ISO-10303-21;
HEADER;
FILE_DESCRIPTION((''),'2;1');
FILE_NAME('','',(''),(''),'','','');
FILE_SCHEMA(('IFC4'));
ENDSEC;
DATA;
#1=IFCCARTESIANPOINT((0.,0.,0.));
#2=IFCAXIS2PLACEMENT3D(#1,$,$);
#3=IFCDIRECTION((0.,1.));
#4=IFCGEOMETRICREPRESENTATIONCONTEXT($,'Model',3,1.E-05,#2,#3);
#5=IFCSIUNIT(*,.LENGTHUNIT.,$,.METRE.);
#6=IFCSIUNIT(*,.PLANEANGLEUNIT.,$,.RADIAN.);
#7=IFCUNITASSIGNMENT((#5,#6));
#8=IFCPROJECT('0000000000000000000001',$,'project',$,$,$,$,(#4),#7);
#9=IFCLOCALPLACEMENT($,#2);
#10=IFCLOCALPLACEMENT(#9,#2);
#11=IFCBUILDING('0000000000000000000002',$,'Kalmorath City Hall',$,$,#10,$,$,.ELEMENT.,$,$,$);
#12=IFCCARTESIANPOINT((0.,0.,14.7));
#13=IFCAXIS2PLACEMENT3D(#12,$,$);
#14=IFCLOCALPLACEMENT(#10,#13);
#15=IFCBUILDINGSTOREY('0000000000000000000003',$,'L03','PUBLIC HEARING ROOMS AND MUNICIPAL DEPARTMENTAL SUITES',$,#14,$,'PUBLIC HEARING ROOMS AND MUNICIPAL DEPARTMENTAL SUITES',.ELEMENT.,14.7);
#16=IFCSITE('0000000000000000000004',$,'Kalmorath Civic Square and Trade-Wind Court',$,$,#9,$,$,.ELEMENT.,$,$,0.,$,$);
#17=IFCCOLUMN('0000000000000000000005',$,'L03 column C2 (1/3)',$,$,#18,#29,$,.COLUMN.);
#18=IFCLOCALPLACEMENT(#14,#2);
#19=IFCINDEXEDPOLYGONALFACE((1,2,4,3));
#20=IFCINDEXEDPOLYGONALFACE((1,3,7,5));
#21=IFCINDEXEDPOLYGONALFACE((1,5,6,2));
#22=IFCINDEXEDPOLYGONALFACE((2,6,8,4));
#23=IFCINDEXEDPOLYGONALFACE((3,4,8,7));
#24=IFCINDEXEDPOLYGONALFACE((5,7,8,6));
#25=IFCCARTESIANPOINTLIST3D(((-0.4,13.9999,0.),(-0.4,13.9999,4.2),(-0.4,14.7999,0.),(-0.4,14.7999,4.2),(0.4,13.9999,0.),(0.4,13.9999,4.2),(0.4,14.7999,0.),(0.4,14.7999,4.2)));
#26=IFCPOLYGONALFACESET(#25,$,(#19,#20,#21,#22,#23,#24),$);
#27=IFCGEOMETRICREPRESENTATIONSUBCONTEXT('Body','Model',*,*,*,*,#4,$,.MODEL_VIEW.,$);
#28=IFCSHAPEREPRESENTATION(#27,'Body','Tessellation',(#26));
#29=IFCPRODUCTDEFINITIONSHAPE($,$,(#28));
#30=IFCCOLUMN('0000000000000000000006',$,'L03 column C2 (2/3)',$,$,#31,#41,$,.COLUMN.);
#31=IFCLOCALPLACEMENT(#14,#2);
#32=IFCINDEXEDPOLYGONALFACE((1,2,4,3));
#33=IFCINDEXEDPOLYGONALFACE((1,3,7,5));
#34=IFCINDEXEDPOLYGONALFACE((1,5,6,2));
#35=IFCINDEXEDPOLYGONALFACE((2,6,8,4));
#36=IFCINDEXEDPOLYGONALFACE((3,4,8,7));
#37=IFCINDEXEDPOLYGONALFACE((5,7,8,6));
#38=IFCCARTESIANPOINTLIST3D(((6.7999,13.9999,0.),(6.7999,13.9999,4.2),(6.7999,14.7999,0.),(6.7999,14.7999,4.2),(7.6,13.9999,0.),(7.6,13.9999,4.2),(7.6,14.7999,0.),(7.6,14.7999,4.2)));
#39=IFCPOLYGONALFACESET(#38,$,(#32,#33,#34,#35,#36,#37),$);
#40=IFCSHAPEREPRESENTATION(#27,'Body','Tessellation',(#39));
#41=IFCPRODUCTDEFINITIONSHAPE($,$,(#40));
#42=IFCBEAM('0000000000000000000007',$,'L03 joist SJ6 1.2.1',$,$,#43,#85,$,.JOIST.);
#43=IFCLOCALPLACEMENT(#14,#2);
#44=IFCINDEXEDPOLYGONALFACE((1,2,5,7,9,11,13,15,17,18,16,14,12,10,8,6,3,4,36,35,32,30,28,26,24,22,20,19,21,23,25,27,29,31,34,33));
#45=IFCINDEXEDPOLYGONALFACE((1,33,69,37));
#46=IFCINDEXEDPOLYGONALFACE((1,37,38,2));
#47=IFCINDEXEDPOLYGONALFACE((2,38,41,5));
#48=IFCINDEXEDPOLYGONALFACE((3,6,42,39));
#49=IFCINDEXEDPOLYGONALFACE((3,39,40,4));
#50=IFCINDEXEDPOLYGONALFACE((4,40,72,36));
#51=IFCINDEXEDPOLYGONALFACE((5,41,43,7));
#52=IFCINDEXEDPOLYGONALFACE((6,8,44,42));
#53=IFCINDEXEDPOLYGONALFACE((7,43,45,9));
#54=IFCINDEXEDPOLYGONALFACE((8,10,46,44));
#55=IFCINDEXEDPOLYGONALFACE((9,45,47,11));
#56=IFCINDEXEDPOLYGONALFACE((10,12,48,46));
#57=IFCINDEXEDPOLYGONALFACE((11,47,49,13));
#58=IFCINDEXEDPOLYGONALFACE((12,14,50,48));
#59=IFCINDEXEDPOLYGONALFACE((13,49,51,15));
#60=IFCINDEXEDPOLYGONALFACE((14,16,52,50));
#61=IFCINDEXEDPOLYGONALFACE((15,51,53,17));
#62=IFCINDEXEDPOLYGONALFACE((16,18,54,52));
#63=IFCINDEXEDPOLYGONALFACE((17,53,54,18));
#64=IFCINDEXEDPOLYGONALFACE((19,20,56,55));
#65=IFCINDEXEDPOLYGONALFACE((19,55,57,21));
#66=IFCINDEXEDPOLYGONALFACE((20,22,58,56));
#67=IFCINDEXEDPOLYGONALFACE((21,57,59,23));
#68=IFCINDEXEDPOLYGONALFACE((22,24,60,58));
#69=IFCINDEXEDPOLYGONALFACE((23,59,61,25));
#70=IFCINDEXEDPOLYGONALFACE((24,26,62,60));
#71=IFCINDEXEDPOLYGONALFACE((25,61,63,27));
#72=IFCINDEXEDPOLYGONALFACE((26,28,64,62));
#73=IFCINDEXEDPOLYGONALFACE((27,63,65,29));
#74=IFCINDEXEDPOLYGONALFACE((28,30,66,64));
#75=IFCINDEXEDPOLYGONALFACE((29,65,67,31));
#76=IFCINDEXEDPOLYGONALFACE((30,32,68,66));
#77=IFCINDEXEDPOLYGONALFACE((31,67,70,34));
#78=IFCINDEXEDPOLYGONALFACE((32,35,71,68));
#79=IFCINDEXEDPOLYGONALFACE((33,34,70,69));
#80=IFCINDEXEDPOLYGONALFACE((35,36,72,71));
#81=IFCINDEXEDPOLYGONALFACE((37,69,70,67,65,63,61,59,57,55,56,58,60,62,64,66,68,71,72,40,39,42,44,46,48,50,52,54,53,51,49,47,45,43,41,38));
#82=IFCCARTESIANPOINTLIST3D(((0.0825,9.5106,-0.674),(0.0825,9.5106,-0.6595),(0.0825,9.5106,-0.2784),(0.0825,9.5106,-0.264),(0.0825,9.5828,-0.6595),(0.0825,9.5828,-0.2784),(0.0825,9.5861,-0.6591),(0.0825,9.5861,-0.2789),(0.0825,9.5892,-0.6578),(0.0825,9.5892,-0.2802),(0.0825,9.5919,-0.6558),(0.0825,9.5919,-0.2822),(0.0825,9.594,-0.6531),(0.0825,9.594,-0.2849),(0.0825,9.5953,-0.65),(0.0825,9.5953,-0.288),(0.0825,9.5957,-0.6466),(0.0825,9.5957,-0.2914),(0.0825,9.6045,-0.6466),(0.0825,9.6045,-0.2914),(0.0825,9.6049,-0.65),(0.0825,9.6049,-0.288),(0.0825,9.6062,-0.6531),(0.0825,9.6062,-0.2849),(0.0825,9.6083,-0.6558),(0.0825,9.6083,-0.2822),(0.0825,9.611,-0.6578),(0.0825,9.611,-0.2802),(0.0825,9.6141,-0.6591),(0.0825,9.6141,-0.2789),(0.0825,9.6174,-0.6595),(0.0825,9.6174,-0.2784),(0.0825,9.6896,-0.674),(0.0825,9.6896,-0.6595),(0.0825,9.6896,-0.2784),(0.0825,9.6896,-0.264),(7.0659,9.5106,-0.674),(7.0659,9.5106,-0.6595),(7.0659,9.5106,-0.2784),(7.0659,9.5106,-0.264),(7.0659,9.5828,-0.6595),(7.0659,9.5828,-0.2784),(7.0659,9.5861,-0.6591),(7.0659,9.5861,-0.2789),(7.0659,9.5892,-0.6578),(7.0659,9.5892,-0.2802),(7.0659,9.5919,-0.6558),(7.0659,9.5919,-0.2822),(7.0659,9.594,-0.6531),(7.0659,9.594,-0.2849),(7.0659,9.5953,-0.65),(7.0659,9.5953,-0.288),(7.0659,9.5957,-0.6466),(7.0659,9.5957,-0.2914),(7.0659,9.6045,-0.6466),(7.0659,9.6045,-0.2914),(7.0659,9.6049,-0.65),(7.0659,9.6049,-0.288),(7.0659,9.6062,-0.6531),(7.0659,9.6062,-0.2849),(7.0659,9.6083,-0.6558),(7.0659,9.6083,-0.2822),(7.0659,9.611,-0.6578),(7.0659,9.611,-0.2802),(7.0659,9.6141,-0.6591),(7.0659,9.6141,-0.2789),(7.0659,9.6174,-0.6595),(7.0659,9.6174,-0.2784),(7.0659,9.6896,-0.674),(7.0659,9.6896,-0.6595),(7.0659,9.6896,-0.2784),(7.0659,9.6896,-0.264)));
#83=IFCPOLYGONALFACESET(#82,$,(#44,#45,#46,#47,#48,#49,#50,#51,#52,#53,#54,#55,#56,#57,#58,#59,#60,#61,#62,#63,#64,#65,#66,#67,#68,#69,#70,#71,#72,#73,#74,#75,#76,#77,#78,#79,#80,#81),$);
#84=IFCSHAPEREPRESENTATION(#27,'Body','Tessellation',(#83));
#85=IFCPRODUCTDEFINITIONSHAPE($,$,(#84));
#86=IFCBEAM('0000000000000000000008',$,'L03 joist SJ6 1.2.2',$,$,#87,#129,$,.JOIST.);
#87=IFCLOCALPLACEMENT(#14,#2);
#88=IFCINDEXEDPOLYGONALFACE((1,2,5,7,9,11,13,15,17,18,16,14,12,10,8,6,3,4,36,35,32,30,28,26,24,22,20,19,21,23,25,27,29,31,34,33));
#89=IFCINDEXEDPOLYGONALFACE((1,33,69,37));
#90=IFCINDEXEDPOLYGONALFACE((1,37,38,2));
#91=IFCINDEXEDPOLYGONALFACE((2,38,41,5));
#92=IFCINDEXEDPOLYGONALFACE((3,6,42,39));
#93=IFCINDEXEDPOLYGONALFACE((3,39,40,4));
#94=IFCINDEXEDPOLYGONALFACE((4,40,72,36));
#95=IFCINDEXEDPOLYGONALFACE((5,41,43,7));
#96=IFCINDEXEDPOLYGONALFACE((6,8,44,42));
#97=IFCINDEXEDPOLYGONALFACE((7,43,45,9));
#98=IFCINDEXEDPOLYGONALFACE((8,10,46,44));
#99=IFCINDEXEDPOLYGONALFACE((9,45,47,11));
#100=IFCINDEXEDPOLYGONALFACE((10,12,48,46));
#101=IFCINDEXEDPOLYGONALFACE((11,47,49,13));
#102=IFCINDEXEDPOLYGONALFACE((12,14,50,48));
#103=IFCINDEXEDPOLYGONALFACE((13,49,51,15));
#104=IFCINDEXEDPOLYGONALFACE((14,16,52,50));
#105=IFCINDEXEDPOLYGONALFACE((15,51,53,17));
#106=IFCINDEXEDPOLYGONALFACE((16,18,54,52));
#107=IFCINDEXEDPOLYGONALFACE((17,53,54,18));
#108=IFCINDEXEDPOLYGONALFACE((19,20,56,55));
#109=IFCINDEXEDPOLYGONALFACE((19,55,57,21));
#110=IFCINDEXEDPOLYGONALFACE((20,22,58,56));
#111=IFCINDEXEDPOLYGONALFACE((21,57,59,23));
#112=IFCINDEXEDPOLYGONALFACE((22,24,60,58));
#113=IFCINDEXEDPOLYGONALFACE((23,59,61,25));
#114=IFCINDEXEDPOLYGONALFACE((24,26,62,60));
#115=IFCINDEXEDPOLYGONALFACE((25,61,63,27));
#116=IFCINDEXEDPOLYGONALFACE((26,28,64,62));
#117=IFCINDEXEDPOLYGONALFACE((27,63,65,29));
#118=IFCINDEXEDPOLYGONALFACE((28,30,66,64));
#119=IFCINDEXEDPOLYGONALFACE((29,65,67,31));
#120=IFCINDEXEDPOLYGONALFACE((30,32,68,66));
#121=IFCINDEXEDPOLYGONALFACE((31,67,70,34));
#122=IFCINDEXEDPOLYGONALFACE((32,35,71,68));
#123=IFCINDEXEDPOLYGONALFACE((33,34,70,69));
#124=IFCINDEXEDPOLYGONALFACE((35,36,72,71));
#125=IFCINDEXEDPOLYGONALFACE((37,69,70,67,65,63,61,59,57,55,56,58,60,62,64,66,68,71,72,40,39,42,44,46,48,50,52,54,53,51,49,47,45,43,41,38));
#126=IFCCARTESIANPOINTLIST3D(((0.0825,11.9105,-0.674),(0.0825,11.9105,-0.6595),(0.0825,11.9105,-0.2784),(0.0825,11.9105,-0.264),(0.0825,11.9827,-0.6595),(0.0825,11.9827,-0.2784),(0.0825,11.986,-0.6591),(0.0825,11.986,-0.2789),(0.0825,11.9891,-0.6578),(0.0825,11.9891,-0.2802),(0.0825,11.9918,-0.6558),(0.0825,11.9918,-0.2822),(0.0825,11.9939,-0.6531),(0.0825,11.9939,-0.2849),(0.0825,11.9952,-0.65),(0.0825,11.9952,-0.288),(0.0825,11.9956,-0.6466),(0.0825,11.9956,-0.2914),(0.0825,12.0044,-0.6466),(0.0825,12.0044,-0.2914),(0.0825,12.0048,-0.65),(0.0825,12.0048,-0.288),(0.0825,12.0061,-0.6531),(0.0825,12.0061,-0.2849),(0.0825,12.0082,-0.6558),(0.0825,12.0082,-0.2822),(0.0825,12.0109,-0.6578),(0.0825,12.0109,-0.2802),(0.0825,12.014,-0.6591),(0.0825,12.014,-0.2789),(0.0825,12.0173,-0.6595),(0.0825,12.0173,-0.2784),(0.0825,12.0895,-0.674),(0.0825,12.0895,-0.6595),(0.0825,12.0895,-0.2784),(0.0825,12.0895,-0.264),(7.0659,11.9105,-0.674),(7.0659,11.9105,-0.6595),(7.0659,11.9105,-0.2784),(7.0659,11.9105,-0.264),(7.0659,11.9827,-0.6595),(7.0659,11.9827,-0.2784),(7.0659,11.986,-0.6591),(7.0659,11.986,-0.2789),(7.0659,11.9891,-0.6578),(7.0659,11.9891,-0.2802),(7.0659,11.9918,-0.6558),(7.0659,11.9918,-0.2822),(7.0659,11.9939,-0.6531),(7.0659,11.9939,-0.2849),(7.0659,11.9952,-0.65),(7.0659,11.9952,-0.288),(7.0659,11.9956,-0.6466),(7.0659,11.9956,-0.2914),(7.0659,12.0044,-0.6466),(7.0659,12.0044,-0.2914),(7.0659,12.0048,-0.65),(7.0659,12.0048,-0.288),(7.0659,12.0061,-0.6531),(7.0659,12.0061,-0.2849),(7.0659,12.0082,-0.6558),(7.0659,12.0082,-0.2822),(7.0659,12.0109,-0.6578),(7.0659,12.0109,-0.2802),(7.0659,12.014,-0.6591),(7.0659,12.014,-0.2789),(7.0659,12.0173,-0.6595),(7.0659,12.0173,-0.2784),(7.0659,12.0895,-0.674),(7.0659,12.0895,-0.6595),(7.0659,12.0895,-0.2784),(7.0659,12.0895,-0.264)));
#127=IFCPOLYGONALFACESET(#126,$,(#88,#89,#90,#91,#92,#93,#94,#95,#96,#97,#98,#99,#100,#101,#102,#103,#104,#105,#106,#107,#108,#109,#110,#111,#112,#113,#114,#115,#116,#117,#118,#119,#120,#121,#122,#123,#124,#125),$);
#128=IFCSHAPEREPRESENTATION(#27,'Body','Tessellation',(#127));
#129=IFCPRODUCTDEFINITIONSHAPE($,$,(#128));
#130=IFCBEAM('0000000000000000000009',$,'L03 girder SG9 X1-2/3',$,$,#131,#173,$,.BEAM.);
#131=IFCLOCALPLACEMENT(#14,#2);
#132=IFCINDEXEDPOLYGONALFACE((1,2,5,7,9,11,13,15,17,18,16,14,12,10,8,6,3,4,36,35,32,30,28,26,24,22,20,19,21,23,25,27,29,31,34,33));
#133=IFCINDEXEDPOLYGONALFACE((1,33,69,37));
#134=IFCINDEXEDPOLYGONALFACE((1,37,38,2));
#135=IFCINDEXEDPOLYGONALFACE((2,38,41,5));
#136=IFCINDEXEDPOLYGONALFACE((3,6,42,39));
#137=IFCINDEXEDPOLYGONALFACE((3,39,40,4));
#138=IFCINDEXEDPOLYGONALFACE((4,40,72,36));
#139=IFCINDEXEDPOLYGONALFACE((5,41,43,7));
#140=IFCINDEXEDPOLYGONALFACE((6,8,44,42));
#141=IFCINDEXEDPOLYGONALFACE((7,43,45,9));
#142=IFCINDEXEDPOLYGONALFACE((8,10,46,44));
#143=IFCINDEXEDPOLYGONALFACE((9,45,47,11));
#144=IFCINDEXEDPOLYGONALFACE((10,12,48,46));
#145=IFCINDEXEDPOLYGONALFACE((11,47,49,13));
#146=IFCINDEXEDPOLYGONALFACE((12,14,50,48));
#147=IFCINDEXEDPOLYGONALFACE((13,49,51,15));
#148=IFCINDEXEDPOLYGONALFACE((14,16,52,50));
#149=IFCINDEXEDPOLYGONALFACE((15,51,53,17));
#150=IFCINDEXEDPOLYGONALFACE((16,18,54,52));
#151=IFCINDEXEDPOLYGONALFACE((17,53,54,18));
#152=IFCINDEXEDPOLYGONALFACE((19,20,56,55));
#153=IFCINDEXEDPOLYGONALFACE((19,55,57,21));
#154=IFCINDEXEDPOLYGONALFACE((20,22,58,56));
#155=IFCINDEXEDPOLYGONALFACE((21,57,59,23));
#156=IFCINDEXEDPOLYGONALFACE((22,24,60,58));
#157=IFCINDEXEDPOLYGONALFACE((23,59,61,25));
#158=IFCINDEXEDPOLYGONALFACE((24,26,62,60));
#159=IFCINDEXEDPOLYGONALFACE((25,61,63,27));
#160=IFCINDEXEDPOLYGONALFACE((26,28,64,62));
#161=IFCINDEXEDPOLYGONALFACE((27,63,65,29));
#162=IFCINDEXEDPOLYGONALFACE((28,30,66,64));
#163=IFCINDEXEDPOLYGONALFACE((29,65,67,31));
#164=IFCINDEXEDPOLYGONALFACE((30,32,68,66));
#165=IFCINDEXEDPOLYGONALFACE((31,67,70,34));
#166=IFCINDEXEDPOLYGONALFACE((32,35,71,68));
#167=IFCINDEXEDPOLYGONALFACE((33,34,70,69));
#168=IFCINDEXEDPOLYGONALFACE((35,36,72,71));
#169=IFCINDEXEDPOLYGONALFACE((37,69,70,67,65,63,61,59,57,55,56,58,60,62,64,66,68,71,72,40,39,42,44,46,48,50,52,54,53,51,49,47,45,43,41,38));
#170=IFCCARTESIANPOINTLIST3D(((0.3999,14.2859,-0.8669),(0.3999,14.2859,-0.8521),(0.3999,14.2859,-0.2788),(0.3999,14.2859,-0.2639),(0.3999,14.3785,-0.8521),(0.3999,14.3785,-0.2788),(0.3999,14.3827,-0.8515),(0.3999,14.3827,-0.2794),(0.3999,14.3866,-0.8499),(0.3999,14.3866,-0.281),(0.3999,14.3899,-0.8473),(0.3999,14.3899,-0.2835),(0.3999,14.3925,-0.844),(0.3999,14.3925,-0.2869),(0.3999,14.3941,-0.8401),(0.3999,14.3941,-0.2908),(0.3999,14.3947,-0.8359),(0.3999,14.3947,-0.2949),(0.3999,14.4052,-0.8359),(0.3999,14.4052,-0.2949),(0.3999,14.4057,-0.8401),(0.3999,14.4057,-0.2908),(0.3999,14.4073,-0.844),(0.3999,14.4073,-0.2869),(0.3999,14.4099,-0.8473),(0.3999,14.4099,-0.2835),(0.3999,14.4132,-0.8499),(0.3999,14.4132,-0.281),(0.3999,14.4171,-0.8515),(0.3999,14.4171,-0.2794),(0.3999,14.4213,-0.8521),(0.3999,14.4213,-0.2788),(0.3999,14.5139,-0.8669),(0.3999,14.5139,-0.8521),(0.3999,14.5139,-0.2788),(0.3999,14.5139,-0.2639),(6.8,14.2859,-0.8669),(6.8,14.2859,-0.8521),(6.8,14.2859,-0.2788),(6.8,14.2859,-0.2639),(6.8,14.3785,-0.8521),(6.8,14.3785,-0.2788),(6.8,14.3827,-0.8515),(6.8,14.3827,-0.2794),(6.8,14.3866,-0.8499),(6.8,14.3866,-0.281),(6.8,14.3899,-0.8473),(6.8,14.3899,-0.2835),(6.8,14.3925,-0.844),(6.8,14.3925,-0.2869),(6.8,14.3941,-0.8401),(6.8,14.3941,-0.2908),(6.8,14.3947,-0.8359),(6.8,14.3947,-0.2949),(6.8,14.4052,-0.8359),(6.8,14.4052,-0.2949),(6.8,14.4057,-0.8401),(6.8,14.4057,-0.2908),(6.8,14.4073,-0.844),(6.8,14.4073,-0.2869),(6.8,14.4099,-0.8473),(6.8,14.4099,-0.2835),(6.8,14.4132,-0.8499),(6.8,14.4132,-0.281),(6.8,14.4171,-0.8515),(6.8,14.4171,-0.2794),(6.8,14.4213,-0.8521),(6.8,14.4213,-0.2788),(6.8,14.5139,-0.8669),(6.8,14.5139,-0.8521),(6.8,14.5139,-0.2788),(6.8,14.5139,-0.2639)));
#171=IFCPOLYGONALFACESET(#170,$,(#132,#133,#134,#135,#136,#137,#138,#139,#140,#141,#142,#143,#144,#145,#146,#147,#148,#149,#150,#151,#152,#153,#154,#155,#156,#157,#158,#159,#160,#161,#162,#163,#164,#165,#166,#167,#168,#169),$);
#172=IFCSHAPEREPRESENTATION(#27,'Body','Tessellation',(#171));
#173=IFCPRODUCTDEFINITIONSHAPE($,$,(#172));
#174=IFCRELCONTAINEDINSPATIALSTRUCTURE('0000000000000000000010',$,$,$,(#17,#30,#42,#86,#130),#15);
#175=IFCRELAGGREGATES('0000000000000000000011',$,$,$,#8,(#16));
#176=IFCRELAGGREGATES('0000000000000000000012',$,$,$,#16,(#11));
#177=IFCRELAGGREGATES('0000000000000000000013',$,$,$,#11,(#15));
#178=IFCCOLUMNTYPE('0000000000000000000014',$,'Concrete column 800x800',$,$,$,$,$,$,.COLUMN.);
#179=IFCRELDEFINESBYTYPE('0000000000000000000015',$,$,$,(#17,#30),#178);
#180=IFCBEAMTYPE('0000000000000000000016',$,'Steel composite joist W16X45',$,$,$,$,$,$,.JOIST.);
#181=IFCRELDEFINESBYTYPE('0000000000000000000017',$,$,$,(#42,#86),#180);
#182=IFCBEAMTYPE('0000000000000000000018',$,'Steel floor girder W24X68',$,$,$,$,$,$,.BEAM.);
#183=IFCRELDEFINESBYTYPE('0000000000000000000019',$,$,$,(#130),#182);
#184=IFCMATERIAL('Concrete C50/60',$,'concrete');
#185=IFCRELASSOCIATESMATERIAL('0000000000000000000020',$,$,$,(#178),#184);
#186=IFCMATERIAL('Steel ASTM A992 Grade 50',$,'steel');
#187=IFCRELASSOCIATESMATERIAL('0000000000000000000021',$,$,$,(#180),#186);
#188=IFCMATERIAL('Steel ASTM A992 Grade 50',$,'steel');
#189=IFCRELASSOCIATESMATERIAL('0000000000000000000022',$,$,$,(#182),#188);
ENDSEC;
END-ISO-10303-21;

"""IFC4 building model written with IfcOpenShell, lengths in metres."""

from ifc_helpers import new_model, si_unit, direction, frame, origin, origin_2d, place, context, subcontext, project, spatial, rectangle, i_section, extrude, material, material_profile, profile_set, type_object, element, save


model = new_model("IFC4")

# Units and contexts
model_context = context("Model", 3, precision=1e-05, world=origin(), true_north=direction((0.0, 1.0)))
body_context = subcontext(model_context, "Body", "Model", "MODEL_VIEW")
ifc_project = project(units=[si_unit("LENGTHUNIT", "METRE"), si_unit("PLANEANGLEUNIT", "RADIAN")], contexts=[model_context])

# Site, building, storey
site_placement = place(None, origin())
site = spatial("IfcSite", under=ifc_project, at=site_placement, Name="Kalmorath Civic Square and Trade-Wind Court", CompositionType="ELEMENT", RefElevation=0.0)
building_placement = place(site_placement, origin())
building = spatial("IfcBuilding", under=site, at=building_placement, Name="Kalmorath City Hall", CompositionType="ELEMENT")
storey_placement = place(building_placement, frame((0.0, 0.0, 14.7)))
storey = spatial("IfcBuildingStorey", under=building, at=storey_placement, Name="L03", Description="PUBLIC HEARING ROOMS AND MUNICIPAL DEPARTMENTAL SUITES", LongName="PUBLIC HEARING ROOMS AND MUNICIPAL DEPARTMENTAL SUITES", CompositionType="ELEMENT", Elevation=14.7)

# Columns
ifc_material_1 = material(Name="Concrete C50/60", Category="concrete")
ifc_material_profile_1 = material_profile(ifc_material_1, rectangle(XDim=0.8, YDim=0.8, at=origin_2d()), Name="RC-COL-800X800")
ifc_profile_set_1 = profile_set([ifc_material_profile_1], Name="Concrete C50/60")
column_type = type_object("IfcColumnType", Name="Concrete column 800x800", PredefinedType="COLUMN", material=ifc_profile_set_1)
for number, where, z_axis, x_axis, name in (
    (1, (0.0, 14.3999, 0.0), (0.0, 0.0, 1.0), (1.0, 0.0, 0.0), "L03 column C2 (1/3)"),
    (2, (7.2, 14.3999, 0.0), (0.0, 0.0, 1.0), (1.0, 0.0, 0.0), "L03 column C2 (2/3)"),
):
    element("IfcColumn", number, at=place(storey_placement, frame(where, z_axis=z_axis, x_axis=x_axis)), inside=storey, type_object=column_type, Name=name, PredefinedType="COLUMN", context=body_context, shape_type="SweptSolid", body=[
        extrude(rectangle(XDim=0.8, YDim=0.8, at=origin_2d()), origin(), (0.0, 0.0, 1.0), 4.2),
    ])

# Beams
ifc_material_2 = material(Name="Steel ASTM A992 Grade 50", Category="steel")
ifc_material_profile_2 = material_profile(ifc_material_2, i_section(OverallWidth=0.179, OverallDepth=0.4099, WebThickness=0.0088, FlangeThickness=0.0144, FilletRadius=0.0129, at=origin_2d()), Name="W16X45")
ifc_profile_set_2 = profile_set([ifc_material_profile_2], Name="Steel ASTM A992 Grade 50")
beam_type_1 = type_object("IfcBeamType", Name="Steel composite joist W16X45", PredefinedType="JOIST", material=ifc_profile_set_2)
for number, where, z_axis, x_axis, name in (
    (3, (0.0825, 9.6001, -0.469), (1.0, 0.0, 0.0), (0.0, 1.0, 0.0), "L03 joist SJ6 1.2.1"),
    (4, (0.0825, 12.0, -0.469), (1.0, 0.0, 0.0), (0.0, 1.0, 0.0), "L03 joist SJ6 1.2.2"),
):
    element("IfcBeam", number, at=place(storey_placement, frame(where, z_axis=z_axis, x_axis=x_axis)), inside=storey, type_object=beam_type_1, Name=name, PredefinedType="JOIST", context=body_context, shape_type="SweptSolid", body=[
        extrude(i_section(OverallWidth=0.179, OverallDepth=0.4099, WebThickness=0.0088, FlangeThickness=0.0144, FilletRadius=0.0129, at=origin_2d()), origin(), (0.0, 0.0, 1.0), 6.9834),
    ])
ifc_material_3 = material(Name="Steel ASTM A992 Grade 50", Category="steel")
ifc_material_profile_3 = material_profile(ifc_material_3, i_section(OverallWidth=0.228, OverallDepth=0.603, WebThickness=0.0105, FlangeThickness=0.0149, FilletRadius=0.0161, at=origin_2d()), Name="W24X68")
ifc_profile_set_3 = profile_set([ifc_material_profile_3], Name="Steel ASTM A992 Grade 50")
beam_type_2 = type_object("IfcBeamType", Name="Steel floor girder W24X68", PredefinedType="BEAM", material=ifc_profile_set_3)
beam_1_placement = place(storey_placement, frame((0.3999, 14.3999, -0.5654), z_axis=(1.0, 0.0, 0.0), x_axis=(0.0, 1.0, 0.0)))
element("IfcBeam", 5, at=beam_1_placement, inside=storey, type_object=beam_type_2, Name="L03 girder SG9 X1-2/3", PredefinedType="BEAM", context=body_context, shape_type="SweptSolid", body=[
    extrude(i_section(OverallWidth=0.228, OverallDepth=0.603, WebThickness=0.0105, FlangeThickness=0.0149, FilletRadius=0.0161, at=origin_2d()), origin(), (0.0, 0.0, 1.0), 6.4001),
])

save(model, "model.ifc")
